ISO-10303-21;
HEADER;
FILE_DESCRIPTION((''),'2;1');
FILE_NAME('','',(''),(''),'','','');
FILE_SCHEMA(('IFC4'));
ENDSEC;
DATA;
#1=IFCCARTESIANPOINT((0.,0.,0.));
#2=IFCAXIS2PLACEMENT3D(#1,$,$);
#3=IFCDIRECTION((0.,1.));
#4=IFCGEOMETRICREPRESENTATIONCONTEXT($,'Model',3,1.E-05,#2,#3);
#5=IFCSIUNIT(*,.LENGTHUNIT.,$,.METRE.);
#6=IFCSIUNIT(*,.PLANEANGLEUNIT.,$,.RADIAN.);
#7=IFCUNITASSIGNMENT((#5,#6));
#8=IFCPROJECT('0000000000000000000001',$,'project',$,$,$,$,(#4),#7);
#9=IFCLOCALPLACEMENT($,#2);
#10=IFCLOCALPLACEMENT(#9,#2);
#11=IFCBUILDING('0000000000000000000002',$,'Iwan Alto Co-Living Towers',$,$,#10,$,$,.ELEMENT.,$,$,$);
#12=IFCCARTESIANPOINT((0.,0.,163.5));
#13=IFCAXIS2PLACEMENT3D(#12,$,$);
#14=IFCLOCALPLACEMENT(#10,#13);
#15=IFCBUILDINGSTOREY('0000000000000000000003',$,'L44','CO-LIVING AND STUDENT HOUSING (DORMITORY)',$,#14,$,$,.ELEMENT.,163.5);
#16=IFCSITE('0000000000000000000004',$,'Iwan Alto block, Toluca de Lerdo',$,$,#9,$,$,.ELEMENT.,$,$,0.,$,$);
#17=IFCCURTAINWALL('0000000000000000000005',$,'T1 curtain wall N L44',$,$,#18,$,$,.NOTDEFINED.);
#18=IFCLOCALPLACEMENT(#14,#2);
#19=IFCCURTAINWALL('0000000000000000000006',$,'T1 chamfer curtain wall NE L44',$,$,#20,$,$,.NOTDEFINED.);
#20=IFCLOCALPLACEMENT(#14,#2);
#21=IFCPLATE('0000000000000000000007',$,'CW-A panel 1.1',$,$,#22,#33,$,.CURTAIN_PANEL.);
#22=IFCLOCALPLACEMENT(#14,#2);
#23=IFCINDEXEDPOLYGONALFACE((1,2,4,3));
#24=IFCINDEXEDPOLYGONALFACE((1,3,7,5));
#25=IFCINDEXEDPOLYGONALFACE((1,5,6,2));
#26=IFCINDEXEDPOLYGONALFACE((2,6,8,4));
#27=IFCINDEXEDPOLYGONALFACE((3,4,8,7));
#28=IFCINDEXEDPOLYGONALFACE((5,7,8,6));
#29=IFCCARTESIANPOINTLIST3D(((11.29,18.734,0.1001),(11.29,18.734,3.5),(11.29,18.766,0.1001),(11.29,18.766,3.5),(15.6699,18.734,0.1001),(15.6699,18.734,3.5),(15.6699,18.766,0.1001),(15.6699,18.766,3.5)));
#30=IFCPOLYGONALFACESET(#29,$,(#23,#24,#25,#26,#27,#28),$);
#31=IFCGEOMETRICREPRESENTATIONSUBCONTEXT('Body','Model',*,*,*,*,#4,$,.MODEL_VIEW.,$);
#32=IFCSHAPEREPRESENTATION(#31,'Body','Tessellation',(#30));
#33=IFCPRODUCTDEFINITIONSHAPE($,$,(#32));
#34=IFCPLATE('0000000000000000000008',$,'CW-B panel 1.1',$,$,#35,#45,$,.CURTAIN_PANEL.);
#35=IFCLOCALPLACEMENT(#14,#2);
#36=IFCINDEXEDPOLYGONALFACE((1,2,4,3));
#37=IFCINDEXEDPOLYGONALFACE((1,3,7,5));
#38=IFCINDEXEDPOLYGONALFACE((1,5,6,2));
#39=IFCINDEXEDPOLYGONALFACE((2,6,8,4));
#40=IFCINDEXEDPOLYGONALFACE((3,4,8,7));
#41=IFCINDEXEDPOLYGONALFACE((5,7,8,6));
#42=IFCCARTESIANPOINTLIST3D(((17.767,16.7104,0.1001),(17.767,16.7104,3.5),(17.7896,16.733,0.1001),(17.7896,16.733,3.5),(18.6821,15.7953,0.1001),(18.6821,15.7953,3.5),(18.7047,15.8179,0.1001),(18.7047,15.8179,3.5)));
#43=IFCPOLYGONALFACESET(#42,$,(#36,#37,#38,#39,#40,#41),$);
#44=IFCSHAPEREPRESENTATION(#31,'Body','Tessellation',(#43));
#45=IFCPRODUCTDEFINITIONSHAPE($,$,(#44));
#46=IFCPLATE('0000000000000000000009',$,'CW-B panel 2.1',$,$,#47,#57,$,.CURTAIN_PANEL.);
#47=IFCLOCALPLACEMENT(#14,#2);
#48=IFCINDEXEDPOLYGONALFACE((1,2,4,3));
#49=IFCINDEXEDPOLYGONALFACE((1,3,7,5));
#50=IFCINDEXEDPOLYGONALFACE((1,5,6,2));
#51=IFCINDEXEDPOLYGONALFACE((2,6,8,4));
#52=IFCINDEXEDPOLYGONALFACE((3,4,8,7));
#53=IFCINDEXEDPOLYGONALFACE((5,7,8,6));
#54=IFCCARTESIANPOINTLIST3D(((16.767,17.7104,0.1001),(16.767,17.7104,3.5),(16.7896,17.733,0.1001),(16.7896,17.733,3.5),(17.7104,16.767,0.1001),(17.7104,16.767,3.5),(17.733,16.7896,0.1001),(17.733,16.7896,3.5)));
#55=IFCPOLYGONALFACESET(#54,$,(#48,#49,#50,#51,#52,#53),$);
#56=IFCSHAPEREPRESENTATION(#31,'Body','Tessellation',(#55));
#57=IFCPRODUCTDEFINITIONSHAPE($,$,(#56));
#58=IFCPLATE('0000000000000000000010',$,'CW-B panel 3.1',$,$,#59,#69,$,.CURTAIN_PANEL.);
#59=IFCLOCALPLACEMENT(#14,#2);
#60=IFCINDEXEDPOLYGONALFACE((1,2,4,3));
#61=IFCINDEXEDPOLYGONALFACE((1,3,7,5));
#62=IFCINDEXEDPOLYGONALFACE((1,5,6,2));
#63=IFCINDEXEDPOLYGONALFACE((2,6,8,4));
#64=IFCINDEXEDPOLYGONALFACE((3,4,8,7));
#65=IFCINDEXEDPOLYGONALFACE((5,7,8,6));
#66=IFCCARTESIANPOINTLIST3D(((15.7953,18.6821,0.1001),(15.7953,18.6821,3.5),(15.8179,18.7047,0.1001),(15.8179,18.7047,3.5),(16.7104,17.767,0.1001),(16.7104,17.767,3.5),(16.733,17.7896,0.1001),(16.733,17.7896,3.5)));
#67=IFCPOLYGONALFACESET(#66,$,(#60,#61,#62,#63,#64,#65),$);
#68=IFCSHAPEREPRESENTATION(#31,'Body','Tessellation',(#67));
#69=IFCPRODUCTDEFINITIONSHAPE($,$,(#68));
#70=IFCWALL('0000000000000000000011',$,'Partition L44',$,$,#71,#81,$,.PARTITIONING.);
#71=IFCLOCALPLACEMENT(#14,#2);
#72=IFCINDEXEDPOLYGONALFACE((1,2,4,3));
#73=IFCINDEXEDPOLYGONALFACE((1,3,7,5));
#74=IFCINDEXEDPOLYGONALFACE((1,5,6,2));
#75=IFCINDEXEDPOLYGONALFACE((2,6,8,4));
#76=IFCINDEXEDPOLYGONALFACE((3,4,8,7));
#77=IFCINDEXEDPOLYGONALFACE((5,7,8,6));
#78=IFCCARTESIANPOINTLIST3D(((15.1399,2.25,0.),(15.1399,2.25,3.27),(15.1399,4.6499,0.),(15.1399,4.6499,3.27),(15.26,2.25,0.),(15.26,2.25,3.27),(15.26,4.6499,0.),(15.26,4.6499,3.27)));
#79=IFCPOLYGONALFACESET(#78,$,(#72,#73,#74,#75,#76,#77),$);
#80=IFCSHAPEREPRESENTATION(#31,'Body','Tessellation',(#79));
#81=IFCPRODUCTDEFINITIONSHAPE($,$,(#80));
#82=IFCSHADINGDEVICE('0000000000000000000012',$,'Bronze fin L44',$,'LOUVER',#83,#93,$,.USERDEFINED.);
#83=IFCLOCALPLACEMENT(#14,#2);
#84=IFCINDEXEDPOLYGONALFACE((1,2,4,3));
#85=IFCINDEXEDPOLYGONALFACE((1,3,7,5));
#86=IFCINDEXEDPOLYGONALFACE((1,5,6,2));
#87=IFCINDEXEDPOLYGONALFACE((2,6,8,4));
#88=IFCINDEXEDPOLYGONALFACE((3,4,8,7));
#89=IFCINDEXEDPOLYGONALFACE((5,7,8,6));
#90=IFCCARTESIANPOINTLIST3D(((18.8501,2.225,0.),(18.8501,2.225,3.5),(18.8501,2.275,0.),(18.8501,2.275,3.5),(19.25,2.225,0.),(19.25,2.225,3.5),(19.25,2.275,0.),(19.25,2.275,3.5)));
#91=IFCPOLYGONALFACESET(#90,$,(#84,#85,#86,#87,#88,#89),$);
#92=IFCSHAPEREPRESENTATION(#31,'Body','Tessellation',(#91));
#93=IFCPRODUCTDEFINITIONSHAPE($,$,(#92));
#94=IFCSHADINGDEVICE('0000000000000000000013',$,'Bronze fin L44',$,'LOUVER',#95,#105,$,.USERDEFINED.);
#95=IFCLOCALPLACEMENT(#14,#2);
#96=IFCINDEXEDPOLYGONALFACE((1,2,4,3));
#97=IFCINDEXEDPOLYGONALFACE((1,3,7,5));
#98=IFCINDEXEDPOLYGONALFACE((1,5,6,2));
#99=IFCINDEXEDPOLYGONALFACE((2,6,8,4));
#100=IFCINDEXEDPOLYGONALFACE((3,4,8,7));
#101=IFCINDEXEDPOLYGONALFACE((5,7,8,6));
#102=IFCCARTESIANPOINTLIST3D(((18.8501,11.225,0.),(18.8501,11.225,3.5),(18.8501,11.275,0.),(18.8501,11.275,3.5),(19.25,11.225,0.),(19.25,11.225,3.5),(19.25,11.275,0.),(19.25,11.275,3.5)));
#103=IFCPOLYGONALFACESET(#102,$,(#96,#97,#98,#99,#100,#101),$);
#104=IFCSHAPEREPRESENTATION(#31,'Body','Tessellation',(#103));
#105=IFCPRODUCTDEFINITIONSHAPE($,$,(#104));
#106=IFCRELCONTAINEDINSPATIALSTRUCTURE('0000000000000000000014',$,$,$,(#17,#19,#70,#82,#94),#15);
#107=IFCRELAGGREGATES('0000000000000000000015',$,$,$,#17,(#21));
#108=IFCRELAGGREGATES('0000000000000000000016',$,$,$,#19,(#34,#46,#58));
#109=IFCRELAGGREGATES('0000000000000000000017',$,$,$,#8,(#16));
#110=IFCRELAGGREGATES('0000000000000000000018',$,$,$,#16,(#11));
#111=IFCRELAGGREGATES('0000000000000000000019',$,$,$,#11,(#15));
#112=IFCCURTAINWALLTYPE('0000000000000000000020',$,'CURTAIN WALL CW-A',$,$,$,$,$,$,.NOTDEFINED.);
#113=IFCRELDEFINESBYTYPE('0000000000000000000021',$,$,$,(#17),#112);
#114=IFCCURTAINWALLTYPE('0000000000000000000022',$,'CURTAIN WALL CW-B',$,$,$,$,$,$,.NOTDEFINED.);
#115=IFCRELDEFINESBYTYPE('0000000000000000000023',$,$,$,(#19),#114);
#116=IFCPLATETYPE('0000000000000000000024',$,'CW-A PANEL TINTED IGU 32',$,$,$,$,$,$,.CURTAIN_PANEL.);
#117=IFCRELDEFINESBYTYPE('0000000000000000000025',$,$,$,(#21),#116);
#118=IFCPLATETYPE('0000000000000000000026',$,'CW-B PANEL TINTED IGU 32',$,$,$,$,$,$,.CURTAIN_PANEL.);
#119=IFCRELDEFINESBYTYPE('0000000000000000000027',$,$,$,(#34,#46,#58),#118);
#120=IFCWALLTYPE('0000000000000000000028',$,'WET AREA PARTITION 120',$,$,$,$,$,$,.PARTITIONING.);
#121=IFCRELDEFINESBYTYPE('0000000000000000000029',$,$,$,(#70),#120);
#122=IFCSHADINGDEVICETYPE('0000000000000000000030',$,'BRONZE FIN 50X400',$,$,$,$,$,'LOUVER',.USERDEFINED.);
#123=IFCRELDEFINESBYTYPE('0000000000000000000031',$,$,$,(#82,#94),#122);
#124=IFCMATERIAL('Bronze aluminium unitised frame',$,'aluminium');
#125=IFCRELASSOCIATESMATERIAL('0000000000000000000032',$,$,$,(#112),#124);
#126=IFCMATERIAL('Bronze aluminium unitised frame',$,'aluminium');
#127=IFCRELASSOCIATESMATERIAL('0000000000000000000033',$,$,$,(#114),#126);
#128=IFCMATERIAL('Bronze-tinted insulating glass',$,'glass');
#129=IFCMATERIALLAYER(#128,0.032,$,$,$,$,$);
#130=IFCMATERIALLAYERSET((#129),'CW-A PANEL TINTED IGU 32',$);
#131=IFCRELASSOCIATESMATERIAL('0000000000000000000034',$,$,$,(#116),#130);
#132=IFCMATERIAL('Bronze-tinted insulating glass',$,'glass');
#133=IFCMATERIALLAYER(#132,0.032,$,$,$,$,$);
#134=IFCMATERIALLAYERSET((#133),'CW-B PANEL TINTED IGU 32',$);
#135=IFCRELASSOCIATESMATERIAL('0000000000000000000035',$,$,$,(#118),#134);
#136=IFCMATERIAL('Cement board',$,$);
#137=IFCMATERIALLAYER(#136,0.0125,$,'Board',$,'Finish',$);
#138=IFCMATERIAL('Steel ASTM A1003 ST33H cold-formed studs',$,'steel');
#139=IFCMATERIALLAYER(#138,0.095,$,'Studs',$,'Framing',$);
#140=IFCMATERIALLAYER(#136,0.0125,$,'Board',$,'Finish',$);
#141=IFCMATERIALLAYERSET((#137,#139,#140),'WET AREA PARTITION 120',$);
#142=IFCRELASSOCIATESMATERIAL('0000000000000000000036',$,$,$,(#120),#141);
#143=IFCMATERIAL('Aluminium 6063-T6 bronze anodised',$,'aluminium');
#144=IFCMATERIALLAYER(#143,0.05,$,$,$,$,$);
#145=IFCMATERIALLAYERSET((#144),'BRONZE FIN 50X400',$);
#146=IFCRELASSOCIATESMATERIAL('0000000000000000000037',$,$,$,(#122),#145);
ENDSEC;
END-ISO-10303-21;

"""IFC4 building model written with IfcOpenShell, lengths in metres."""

from ifc_helpers import new_model, si_unit, direction, frame, frame_2d, origin, origin_2d, place, context, subcontext, project, spatial, rectangle, extrude, material, layer, layer_set, type_object, element, aggregate, save


model = new_model("IFC4")

# Units and contexts
model_context = context("Model", 3, precision=1e-05, world=origin(), true_north=direction((0.0, 1.0)))
body_context = subcontext(model_context, "Body", "Model", "MODEL_VIEW")
ifc_project = project(units=[si_unit("LENGTHUNIT", "METRE"), si_unit("PLANEANGLEUNIT", "RADIAN")], contexts=[model_context])

# Site, building, storey
site_placement = place(None, origin())
site = spatial("IfcSite", under=ifc_project, at=site_placement, Name="Iwan Alto block, Toluca de Lerdo", CompositionType="ELEMENT", RefElevation=0.0)
building_placement = place(site_placement, origin())
building = spatial("IfcBuilding", under=site, at=building_placement, Name="Iwan Alto Co-Living Towers", CompositionType="ELEMENT")
storey_placement = place(building_placement, frame((0.0, 0.0, 163.5)))
storey = spatial("IfcBuildingStorey", under=building, at=storey_placement, Name="L44", Description="CO-LIVING AND STUDENT HOUSING (DORMITORY)", CompositionType="ELEMENT", Elevation=163.5)

# Shared definitions
ifc_material_1 = material(Name="Bronze aluminium unitised frame", Category="aluminium")
curtain_wall_type_1 = type_object("IfcCurtainWallType", Name="CURTAIN WALL CW-A", PredefinedType="NOTDEFINED", material=ifc_material_1)

# Curtain wall
curtain_wall_1_placement = place(storey_placement, origin())
curtain_wall_1 = element("IfcCurtainWall", 1, at=curtain_wall_1_placement, inside=storey, type_object=curtain_wall_type_1, Name="T1 curtain wall N L44", PredefinedType="NOTDEFINED")

# Curtain wall
ifc_material_2 = material(Name="Bronze aluminium unitised frame", Category="aluminium")
curtain_wall_type_2 = type_object("IfcCurtainWallType", Name="CURTAIN WALL CW-B", PredefinedType="NOTDEFINED", material=ifc_material_2)
curtain_wall_2_placement = place(storey_placement, origin())
curtain_wall_2 = element("IfcCurtainWall", 2, at=curtain_wall_2_placement, inside=storey, type_object=curtain_wall_type_2, Name="T1 chamfer curtain wall NE L44", PredefinedType="NOTDEFINED")

# Plates
ifc_material_3 = material(Name="Bronze-tinted insulating glass", Category="glass")
ifc_layer_1 = layer(ifc_material_3, 0.032)
ifc_layer_set_1 = layer_set([ifc_layer_1], Name="CW-A PANEL TINTED IGU 32")
plate_type_1 = type_object("IfcPlateType", Name="CW-A PANEL TINTED IGU 32", PredefinedType="CURTAIN_PANEL", material=ifc_layer_set_1)
plate_1_placement = place(storey_placement, frame((13.48, 18.75, 0.1001), z_axis=(0.0, 0.0, 1.0), x_axis=(-1.0, 0.0, 0.0)))
plate_1 = element("IfcPlate", 3, at=plate_1_placement, type_object=plate_type_1, Name="CW-A panel 1.1", PredefinedType="CURTAIN_PANEL", context=body_context, shape_type="SweptSolid", body=[
    extrude(rectangle(XDim=4.3799, YDim=0.032, at=origin_2d()), origin(), (0.0, 0.0, 1.0), 3.3999),
])
aggregate(curtain_wall_1, [plate_1])
ifc_material_4 = material(Name="Bronze-tinted insulating glass", Category="glass")
ifc_layer_2 = layer(ifc_material_4, 0.032)
ifc_layer_set_2 = layer_set([ifc_layer_2], Name="CW-B PANEL TINTED IGU 32")
plate_type_2 = type_object("IfcPlateType", Name="CW-B PANEL TINTED IGU 32", PredefinedType="CURTAIN_PANEL", material=ifc_layer_set_2)
plate_2_placement = place(storey_placement, frame((18.2358, 16.2642, 0.1001), z_axis=(0.0, 0.0, 1.0), x_axis=(-0.707107, 0.707107, 0.0)))
plate_2 = element("IfcPlate", 4, at=plate_2_placement, type_object=plate_type_2, Name="CW-B panel 1.1", PredefinedType="CURTAIN_PANEL", context=body_context, shape_type="SweptSolid", body=[
    extrude(rectangle(XDim=1.2942, YDim=0.032, at=origin_2d()), origin(), (0.0, 0.0, 1.0), 3.3999),
])
plate_3_placement = place(storey_placement, frame((17.25, 17.25, 0.1001), z_axis=(0.0, 0.0, 1.0), x_axis=(-0.707107, 0.707107, 0.0)))
plate_3 = element("IfcPlate", 5, at=plate_3_placement, type_object=plate_type_2, Name="CW-B panel 2.1", PredefinedType="CURTAIN_PANEL", context=body_context, shape_type="SweptSolid", body=[
    extrude(rectangle(XDim=1.3342, YDim=0.032, at=origin_2d()), origin(), (0.0, 0.0, 1.0), 3.3999),
])
plate_4_placement = place(storey_placement, frame((16.2642, 18.2358, 0.1001), z_axis=(0.0, 0.0, 1.0), x_axis=(-0.707107, 0.707107, 0.0)))
plate_4 = element("IfcPlate", 6, at=plate_4_placement, type_object=plate_type_2, Name="CW-B panel 3.1", PredefinedType="CURTAIN_PANEL", context=body_context, shape_type="SweptSolid", body=[
    extrude(rectangle(XDim=1.2942, YDim=0.032, at=origin_2d()), origin(), (0.0, 0.0, 1.0), 3.3999),
])
aggregate(curtain_wall_2, [plate_2, plate_3, plate_4])

# Wall
ifc_material_5 = material(Name="Cement board")
ifc_layer_3 = layer(ifc_material_5, 0.0125, Name="Board", Category="Finish")
ifc_material_6 = material(Name="Steel ASTM A1003 ST33H cold-formed studs", Category="steel")
ifc_layer_4 = layer(ifc_material_6, 0.095, Name="Studs", Category="Framing")
ifc_layer_5 = layer(ifc_material_5, 0.0125, Name="Board", Category="Finish")
ifc_layer_set_3 = layer_set([ifc_layer_3, ifc_layer_4, ifc_layer_5], Name="WET AREA PARTITION 120")
wall_type = type_object("IfcWallType", Name="WET AREA PARTITION 120", PredefinedType="PARTITIONING", material=ifc_layer_set_3)
wall_placement = place(storey_placement, frame((15.2, 2.25, 0.0), z_axis=(0.0, 0.0, 1.0), x_axis=(0.0, 1.0, 0.0)))
element("IfcWall", 7, at=wall_placement, inside=storey, type_object=wall_type, Name="Partition L44", PredefinedType="PARTITIONING", context=body_context, shape_type="SweptSolid", body=[
    extrude(rectangle(XDim=2.3999, YDim=0.1201, at=frame_2d((1.2, 0.0))), origin(), (0.0, 0.0, 1.0), 3.27),
])

# Shading devices
ifc_material_7 = material(Name="Aluminium 6063-T6 bronze anodised", Category="aluminium")
ifc_layer_6 = layer(ifc_material_7, 0.05)
ifc_layer_set_4 = layer_set([ifc_layer_6], Name="BRONZE FIN 50X400")
shading_device_type = type_object("IfcShadingDeviceType", Name="BRONZE FIN 50X400", ElementType="LOUVER", PredefinedType="USERDEFINED", material=ifc_layer_set_4)
for number, where, z_axis, x_axis, name in (
    (8, (19.05, 2.25, 0.0), (0.0, 0.0, 1.0), (0.0, 1.0, 0.0), "Bronze fin L44"),
    (9, (19.05, 11.25, 0.0), (0.0, 0.0, 1.0), (0.0, 1.0, 0.0), "Bronze fin L44"),
):
    element("IfcShadingDevice", number, at=place(storey_placement, frame(where, z_axis=z_axis, x_axis=x_axis)), inside=storey, type_object=shading_device_type, Name=name, ObjectType="LOUVER", PredefinedType="USERDEFINED", context=body_context, shape_type="SweptSolid", body=[
        extrude(rectangle(XDim=0.05, YDim=0.3999, at=origin_2d()), origin(), (0.0, 0.0, 1.0), 3.5),
    ])

save(model, "model.ifc")
